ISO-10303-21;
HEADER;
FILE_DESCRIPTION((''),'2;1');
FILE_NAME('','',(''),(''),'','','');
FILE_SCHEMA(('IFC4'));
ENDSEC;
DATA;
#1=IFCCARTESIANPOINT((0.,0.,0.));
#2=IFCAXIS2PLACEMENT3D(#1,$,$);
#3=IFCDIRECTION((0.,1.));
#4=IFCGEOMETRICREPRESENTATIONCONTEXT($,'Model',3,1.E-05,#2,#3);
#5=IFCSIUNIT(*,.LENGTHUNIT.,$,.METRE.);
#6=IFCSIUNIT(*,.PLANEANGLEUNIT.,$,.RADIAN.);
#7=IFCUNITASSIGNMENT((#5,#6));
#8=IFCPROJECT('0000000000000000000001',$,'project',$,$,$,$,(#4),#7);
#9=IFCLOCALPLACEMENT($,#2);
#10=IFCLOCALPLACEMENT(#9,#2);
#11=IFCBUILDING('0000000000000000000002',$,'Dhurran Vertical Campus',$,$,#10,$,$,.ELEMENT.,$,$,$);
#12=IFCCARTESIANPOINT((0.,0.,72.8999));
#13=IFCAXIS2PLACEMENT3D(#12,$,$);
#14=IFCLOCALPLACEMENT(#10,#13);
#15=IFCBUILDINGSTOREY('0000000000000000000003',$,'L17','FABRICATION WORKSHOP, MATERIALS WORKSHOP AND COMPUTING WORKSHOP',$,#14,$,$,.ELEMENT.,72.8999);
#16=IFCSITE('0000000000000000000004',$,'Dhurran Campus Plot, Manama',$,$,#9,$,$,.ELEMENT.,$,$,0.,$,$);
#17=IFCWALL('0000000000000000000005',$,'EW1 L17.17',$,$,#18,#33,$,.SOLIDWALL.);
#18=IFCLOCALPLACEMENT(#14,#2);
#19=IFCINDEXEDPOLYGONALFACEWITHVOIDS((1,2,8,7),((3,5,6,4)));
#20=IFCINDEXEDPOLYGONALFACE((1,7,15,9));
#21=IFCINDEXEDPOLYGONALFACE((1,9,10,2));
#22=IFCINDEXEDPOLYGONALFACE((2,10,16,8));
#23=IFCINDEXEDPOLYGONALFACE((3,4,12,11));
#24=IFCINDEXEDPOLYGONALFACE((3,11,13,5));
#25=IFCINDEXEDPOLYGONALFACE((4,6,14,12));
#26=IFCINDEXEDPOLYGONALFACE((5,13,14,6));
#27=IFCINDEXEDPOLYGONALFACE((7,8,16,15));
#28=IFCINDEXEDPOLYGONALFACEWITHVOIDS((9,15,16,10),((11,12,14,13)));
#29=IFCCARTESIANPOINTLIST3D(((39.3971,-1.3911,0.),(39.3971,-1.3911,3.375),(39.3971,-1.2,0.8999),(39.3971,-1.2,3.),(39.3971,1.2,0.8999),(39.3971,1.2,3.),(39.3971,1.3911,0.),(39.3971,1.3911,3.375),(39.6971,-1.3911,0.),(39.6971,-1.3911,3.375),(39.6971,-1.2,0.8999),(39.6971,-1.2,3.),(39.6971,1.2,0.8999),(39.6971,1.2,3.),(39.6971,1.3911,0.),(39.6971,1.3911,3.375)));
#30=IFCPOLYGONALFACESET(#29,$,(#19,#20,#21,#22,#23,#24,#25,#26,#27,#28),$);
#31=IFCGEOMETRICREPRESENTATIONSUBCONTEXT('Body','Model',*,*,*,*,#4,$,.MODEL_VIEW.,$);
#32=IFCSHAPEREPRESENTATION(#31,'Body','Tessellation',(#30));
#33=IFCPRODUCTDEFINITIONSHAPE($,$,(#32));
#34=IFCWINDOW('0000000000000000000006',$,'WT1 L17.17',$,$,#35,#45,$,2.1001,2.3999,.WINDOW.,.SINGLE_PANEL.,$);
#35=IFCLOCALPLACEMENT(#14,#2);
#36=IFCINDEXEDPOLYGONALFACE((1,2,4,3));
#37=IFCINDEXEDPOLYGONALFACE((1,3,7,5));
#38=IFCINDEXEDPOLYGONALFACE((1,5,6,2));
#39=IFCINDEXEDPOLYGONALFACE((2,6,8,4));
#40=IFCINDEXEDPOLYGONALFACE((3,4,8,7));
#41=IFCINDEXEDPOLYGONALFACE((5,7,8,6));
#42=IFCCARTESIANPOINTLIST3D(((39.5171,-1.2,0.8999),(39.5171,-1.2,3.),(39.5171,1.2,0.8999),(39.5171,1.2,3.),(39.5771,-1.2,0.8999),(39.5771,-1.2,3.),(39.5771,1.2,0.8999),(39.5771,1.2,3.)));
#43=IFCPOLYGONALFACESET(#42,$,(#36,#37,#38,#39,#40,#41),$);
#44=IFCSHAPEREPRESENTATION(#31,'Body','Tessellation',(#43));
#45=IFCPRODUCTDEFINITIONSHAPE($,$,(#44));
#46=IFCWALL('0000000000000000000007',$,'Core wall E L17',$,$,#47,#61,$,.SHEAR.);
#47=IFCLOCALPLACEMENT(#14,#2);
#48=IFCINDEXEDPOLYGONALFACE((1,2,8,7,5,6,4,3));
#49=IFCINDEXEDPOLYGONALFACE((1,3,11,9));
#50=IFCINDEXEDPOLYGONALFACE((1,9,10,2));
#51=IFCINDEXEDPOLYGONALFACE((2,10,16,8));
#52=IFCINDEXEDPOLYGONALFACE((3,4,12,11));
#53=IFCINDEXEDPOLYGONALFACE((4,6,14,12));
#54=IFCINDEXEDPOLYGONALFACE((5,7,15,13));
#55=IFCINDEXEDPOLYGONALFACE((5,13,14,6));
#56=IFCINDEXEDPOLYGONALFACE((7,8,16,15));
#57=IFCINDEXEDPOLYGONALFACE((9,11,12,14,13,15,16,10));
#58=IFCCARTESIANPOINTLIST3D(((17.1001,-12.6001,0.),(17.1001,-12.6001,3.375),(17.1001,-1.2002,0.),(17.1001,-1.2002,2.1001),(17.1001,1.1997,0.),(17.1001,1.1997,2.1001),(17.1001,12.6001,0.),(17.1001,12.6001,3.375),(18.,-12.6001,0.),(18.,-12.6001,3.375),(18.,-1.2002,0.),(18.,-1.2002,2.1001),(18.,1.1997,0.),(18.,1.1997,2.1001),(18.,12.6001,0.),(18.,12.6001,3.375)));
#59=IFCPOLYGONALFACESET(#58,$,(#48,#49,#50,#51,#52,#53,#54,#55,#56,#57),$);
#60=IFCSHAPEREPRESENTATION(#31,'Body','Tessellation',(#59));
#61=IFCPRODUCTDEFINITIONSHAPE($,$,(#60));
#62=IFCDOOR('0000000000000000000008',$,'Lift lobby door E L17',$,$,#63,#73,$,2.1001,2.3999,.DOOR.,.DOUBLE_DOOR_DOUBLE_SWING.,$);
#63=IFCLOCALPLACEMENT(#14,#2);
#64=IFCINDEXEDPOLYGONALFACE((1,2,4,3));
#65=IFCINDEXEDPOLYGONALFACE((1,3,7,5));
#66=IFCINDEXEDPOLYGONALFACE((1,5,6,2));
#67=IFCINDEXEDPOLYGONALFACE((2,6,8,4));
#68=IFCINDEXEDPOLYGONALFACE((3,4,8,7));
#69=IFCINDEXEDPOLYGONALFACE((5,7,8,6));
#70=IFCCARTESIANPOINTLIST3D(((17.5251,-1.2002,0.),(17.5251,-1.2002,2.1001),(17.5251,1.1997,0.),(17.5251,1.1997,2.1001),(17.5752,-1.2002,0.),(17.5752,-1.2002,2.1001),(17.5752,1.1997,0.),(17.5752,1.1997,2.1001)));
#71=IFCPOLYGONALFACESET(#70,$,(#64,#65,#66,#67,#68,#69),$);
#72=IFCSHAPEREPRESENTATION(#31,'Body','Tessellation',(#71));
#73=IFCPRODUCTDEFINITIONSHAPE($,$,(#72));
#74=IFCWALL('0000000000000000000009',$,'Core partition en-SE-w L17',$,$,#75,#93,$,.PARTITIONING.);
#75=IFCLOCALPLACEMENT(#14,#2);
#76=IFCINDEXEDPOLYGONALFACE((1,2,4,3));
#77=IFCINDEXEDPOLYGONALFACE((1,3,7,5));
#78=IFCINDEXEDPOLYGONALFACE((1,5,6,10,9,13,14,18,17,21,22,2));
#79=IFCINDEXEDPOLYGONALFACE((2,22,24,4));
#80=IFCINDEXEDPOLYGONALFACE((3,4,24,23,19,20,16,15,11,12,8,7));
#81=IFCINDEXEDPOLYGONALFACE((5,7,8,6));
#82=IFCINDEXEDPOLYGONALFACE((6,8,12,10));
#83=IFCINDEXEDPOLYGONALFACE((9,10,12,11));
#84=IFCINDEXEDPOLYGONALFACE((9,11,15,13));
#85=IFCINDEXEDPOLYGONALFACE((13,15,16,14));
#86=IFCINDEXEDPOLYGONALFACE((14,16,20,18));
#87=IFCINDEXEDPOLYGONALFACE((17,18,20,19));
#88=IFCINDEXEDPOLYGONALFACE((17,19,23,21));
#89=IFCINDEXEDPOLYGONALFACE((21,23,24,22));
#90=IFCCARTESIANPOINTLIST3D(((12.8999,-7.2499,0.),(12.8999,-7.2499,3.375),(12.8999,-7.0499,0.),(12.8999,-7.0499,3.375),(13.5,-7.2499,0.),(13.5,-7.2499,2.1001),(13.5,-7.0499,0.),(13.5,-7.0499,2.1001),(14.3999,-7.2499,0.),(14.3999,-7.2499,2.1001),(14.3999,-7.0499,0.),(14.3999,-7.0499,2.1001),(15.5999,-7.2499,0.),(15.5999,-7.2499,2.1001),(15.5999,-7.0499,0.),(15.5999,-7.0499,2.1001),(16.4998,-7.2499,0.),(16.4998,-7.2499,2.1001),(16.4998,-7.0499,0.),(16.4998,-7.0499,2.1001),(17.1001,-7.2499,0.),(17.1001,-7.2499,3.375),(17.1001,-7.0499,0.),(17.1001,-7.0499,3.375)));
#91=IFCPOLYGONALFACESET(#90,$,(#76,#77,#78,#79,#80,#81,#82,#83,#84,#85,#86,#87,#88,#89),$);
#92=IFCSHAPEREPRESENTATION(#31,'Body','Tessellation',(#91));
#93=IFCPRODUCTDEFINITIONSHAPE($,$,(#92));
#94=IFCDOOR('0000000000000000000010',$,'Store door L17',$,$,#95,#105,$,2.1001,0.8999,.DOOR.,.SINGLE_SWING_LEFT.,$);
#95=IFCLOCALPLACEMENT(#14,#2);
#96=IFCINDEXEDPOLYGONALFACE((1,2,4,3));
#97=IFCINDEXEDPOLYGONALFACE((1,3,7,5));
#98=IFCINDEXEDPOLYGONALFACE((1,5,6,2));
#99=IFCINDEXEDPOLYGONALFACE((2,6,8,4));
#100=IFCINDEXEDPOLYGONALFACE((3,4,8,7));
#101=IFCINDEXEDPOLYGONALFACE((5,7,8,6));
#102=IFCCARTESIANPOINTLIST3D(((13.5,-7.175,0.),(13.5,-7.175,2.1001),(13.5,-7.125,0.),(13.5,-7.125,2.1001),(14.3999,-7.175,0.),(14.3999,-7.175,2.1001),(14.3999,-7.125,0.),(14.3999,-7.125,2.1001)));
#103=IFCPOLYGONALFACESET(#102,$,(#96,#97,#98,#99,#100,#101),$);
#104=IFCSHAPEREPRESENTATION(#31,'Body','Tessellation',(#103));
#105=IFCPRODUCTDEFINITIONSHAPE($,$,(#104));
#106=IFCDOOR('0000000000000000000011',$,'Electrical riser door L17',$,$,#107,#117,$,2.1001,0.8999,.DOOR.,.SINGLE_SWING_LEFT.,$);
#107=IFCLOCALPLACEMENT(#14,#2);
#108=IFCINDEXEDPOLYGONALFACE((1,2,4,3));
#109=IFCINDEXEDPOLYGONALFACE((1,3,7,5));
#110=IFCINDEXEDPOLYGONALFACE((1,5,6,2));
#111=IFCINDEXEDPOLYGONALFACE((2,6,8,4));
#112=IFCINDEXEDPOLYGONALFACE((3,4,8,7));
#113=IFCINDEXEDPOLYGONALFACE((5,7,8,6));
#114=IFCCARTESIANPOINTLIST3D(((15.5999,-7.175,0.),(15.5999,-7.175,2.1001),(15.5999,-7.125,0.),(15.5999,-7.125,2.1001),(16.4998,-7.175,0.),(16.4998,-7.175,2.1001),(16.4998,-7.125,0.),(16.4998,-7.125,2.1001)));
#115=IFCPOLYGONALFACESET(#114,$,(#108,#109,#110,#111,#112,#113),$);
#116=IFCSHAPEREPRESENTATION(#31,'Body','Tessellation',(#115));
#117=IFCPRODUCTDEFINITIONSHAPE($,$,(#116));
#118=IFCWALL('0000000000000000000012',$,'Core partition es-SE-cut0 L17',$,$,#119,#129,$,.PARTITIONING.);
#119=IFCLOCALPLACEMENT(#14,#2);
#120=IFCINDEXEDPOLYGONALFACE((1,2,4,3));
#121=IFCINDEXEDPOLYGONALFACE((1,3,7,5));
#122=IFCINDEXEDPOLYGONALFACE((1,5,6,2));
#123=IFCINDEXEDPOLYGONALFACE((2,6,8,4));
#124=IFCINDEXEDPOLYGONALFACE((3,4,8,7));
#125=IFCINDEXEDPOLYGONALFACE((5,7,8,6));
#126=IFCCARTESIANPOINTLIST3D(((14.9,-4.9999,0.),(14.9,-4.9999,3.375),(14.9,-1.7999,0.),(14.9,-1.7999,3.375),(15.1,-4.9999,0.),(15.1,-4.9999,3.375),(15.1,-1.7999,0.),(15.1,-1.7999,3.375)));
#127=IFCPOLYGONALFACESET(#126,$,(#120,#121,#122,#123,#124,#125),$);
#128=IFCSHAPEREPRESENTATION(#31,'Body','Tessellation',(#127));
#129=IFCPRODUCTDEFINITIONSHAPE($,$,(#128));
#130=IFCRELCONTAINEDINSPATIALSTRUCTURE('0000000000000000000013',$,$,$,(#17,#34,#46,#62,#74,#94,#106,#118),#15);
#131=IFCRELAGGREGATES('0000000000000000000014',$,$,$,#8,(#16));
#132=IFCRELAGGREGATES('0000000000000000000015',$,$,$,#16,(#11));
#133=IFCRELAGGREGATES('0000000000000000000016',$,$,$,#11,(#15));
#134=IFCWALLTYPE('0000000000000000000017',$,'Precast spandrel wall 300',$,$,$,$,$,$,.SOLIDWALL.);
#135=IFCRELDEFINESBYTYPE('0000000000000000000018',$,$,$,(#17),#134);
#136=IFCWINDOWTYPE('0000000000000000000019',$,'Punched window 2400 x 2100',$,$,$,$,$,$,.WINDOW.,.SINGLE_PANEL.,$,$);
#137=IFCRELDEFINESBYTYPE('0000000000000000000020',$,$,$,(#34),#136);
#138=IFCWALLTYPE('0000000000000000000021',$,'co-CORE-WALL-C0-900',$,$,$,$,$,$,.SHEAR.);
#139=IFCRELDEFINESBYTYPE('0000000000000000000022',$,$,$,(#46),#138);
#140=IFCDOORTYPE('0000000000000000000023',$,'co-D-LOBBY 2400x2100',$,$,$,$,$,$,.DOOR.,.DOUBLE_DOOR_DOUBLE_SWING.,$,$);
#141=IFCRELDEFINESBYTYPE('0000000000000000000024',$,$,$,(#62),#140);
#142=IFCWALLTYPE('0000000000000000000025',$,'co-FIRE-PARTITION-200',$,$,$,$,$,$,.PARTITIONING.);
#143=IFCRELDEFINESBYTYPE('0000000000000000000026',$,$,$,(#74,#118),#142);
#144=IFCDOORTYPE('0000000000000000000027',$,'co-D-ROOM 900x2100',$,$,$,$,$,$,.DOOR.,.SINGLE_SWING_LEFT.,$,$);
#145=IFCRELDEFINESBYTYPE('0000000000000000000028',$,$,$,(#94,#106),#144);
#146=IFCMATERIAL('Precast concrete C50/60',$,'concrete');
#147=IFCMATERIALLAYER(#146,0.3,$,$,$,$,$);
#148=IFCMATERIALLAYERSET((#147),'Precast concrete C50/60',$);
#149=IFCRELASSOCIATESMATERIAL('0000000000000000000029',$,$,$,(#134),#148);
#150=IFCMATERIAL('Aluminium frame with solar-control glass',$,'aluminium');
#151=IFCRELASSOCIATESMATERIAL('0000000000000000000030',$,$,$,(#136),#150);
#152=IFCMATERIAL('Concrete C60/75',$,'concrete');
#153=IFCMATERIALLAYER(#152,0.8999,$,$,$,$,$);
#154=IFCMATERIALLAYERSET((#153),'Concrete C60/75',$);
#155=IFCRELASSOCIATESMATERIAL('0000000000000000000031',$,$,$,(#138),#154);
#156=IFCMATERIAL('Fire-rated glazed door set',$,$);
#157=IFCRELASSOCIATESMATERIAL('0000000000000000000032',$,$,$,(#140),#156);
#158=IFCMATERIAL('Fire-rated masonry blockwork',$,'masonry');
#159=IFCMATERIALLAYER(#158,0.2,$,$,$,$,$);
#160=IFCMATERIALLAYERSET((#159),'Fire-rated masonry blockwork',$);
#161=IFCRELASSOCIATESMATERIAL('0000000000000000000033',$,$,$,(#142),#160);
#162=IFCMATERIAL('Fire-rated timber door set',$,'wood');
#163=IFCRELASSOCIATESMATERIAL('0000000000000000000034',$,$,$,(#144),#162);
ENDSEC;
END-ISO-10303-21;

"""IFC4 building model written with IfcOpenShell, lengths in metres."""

from ifc_helpers import new_model, si_unit, direction, frame, frame_2d, origin, place, context, subcontext, project, spatial, rectangle, extrude, material, layer, layer_set, type_object, element, fill, save


model = new_model("IFC4")

# Units and contexts
model_context = context("Model", 3, precision=1e-05, world=origin(), true_north=direction((0.0, 1.0)))
body_context = subcontext(model_context, "Body", "Model", "MODEL_VIEW")
ifc_project = project(units=[si_unit("LENGTHUNIT", "METRE"), si_unit("PLANEANGLEUNIT", "RADIAN")], contexts=[model_context])

# Site, building, storey
site_placement = place(None, origin())
site = spatial("IfcSite", under=ifc_project, at=site_placement, Name="Dhurran Campus Plot, Manama", CompositionType="ELEMENT", RefElevation=0.0)
building_placement = place(site_placement, origin())
building = spatial("IfcBuilding", under=site, at=building_placement, Name="Dhurran Vertical Campus", CompositionType="ELEMENT")
storey_placement = place(building_placement, frame((0.0, 0.0, 72.8999)))
storey = spatial("IfcBuildingStorey", under=building, at=storey_placement, Name="L17", Description="FABRICATION WORKSHOP, MATERIALS WORKSHOP AND COMPUTING WORKSHOP", CompositionType="ELEMENT", Elevation=72.8999)

# Wall, opening, window
ifc_material_1 = material(Name="Precast concrete C50/60", Category="concrete")
ifc_layer_1 = layer(ifc_material_1, 0.3)
ifc_layer_set_1 = layer_set([ifc_layer_1], Name="Precast concrete C50/60")
wall_type_1 = type_object("IfcWallType", Name="Precast spandrel wall 300", PredefinedType="SOLIDWALL", material=ifc_layer_set_1)
ifc_material_2 = material(Name="Aluminium frame with solar-control glass", Category="aluminium")
window_type = type_object("IfcWindowType", Name="Punched window 2400 x 2100", PartitioningType="SINGLE_PANEL", PredefinedType="WINDOW", material=ifc_material_2)
wall_1_placement = place(storey_placement, frame((39.5471, -1.3911, 0.0), z_axis=(0.0, 0.0, 1.0), x_axis=(0.0, 1.0, 0.0)))
wall_1 = element("IfcWall", 1, at=wall_1_placement, inside=storey, type_object=wall_type_1, Name="EW1 L17.17", PredefinedType="SOLIDWALL", context=body_context, shape_type="SweptSolid", body=[
    extrude(rectangle(XDim=2.7822, YDim=0.3, at=frame_2d((1.3911, 0.0))), origin(), (0.0, 0.0, 1.0), 3.375),
])
opening_1_placement = place(wall_1_placement, frame((0.1912, 0.0, 0.8999)))
opening_1 = element("IfcOpeningElement", 2, at=opening_1_placement, cuts=wall_1, PredefinedType="OPENING", context=body_context, shape_type="SweptSolid", body=[
    extrude(rectangle(XDim=2.3999, YDim=2.1001, at=frame_2d((1.2, 1.05))), frame((0.0, 0.1599, 0.0), z_axis=(0.0, -1.0, 0.0), x_axis=(1.0, 0.0, 0.0)), (0.0, 0.0, 1.0), 0.3201),
])
window_1_placement = place(opening_1_placement, origin())
window_1 = element("IfcWindow", 3, at=window_1_placement, inside=storey, type_object=window_type, Name="WT1 L17.17", OverallHeight=2.1001, OverallWidth=2.3999, PartitioningType="SINGLE_PANEL", PredefinedType="WINDOW", context=body_context, shape_type="SweptSolid", body=[
    extrude(rectangle(XDim=2.3999, YDim=2.1001, at=frame_2d((1.2, 1.05))), frame((0.0, 0.03, 0.0), z_axis=(0.0, -1.0, 0.0), x_axis=(1.0, 0.0, 0.0)), (0.0, 0.0, 1.0), 0.0601),
])
fill(opening_1, window_1)

# Wall, opening, door
ifc_material_3 = material(Name="Concrete C60/75", Category="concrete")
ifc_layer_2 = layer(ifc_material_3, 0.8999)
ifc_layer_set_2 = layer_set([ifc_layer_2], Name="Concrete C60/75")
wall_type_2 = type_object("IfcWallType", Name="co-CORE-WALL-C0-900", PredefinedType="SHEAR", material=ifc_layer_set_2)
wall_2_placement = place(storey_placement, frame((17.55, -12.6001, 0.0), z_axis=(0.0, 0.0, 1.0), x_axis=(0.0, 1.0, 0.0)))
wall_2 = element("IfcWall", 4, at=wall_2_placement, inside=storey, type_object=wall_type_2, Name="Core wall E L17", PredefinedType="SHEAR", context=body_context, shape_type="SweptSolid", body=[
    extrude(rectangle(XDim=25.2002, YDim=0.8999, at=frame_2d((12.6001, 0.0))), origin(), (0.0, 0.0, 1.0), 3.375),
])
opening_2_placement = place(wall_2_placement, frame((11.3999, 0.0, 0.0)))
opening_2 = element("IfcOpeningElement", 5, at=opening_2_placement, cuts=wall_2, PredefinedType="OPENING", context=body_context, shape_type="SweptSolid", body=[
    extrude(rectangle(XDim=2.3999, YDim=2.1001, at=frame_2d((1.2, 1.05))), frame((0.0, 0.46, 0.0), z_axis=(0.0, -1.0, 0.0), x_axis=(1.0, 0.0, 0.0)), (0.0, 0.0, 1.0), 0.9199),
])
ifc_material_4 = material(Name="Fire-rated glazed door set")
door_type_1 = type_object("IfcDoorType", Name="co-D-LOBBY 2400x2100", OperationType="DOUBLE_DOOR_DOUBLE_SWING", PredefinedType="DOOR", material=ifc_material_4)
door_1_placement = place(opening_2_placement, origin())
door_1 = element("IfcDoor", 6, at=door_1_placement, inside=storey, type_object=door_type_1, Name="Lift lobby door E L17", OperationType="DOUBLE_DOOR_DOUBLE_SWING", OverallHeight=2.1001, OverallWidth=2.3999, PredefinedType="DOOR", context=body_context, shape_type="SweptSolid", body=[
    extrude(rectangle(XDim=2.3999, YDim=2.1001, at=frame_2d((1.2, 1.05))), frame((0.0, 0.0249, 0.0), z_axis=(0.0, -1.0, 0.0), x_axis=(1.0, 0.0, 0.0)), (0.0, 0.0, 1.0), 0.05),
])
fill(opening_2, door_1)

# Wall, openings, doors
ifc_material_5 = material(Name="Fire-rated masonry blockwork", Category="masonry")
ifc_layer_3 = layer(ifc_material_5, 0.2)
ifc_layer_set_3 = layer_set([ifc_layer_3], Name="Fire-rated masonry blockwork")
wall_type_3 = type_object("IfcWallType", Name="co-FIRE-PARTITION-200", PredefinedType="PARTITIONING", material=ifc_layer_set_3)
wall_3_placement = place(storey_placement, frame((12.8999, -7.1499, 0.0), z_axis=(0.0, 0.0, 1.0), x_axis=(1.0, 0.0, 0.0)))
wall_3 = element("IfcWall", 7, at=wall_3_placement, inside=storey, type_object=wall_type_3, Name="Core partition en-SE-w L17", PredefinedType="PARTITIONING", context=body_context, shape_type="SweptSolid", body=[
    extrude(rectangle(XDim=4.2002, YDim=0.2, at=frame_2d((2.1001, 0.0))), origin(), (0.0, 0.0, 1.0), 3.375),
])
opening_3_placement = place(wall_3_placement, frame((0.6001, 0.0, 0.0)))
opening_3 = element("IfcOpeningElement", 8, at=opening_3_placement, cuts=wall_3, PredefinedType="OPENING", context=body_context, shape_type="SweptSolid", body=[
    extrude(rectangle(XDim=0.8999, YDim=2.1001, at=frame_2d((0.45, 1.05))), frame((0.0, 0.1099, 0.0), z_axis=(0.0, -1.0, 0.0), x_axis=(1.0, 0.0, 0.0)), (0.0, 0.0, 1.0), 0.22),
])
opening_4_placement = place(wall_3_placement, frame((2.7, 0.0, 0.0)))
opening_4 = element("IfcOpeningElement", 9, at=opening_4_placement, cuts=wall_3, PredefinedType="OPENING", context=body_context, shape_type="SweptSolid", body=[
    extrude(rectangle(XDim=0.8999, YDim=2.1001, at=frame_2d((0.45, 1.05))), frame((0.0, 0.1099, 0.0), z_axis=(0.0, -1.0, 0.0), x_axis=(1.0, 0.0, 0.0)), (0.0, 0.0, 1.0), 0.22),
])
ifc_material_6 = material(Name="Fire-rated timber door set", Category="wood")
door_type_2 = type_object("IfcDoorType", Name="co-D-ROOM 900x2100", OperationType="SINGLE_SWING_LEFT", PredefinedType="DOOR", material=ifc_material_6)
door_2_placement = place(opening_3_placement, origin())
door_2 = element("IfcDoor", 10, at=door_2_placement, inside=storey, type_object=door_type_2, Name="Store door L17", OperationType="SINGLE_SWING_LEFT", OverallHeight=2.1001, OverallWidth=0.8999, PredefinedType="DOOR", context=body_context, shape_type="SweptSolid", body=[
    extrude(rectangle(XDim=0.8999, YDim=2.1001, at=frame_2d((0.45, 1.05))), frame((0.0, 0.0249, 0.0), z_axis=(0.0, -1.0, 0.0), x_axis=(1.0, 0.0, 0.0)), (0.0, 0.0, 1.0), 0.05),
])
fill(opening_3, door_2)
door_3_placement = place(opening_4_placement, origin())
door_3 = element("IfcDoor", 11, at=door_3_placement, inside=storey, type_object=door_type_2, Name="Electrical riser door L17", OperationType="SINGLE_SWING_LEFT", OverallHeight=2.1001, OverallWidth=0.8999, PredefinedType="DOOR", context=body_context, shape_type="SweptSolid", body=[
    extrude(rectangle(XDim=0.8999, YDim=2.1001, at=frame_2d((0.45, 1.05))), frame((0.0, 0.0249, 0.0), z_axis=(0.0, -1.0, 0.0), x_axis=(1.0, 0.0, 0.0)), (0.0, 0.0, 1.0), 0.05),
])
fill(opening_4, door_3)

# Wall
wall_4_placement = place(storey_placement, frame((15.0, -5.0, 0.0), z_axis=(0.0, 0.0, 1.0), x_axis=(0.0, 1.0, 0.0)))
element("IfcWall", 12, at=wall_4_placement, inside=storey, type_object=wall_type_3, Name="Core partition es-SE-cut0 L17", PredefinedType="PARTITIONING", context=body_context, shape_type="SweptSolid", body=[
    extrude(rectangle(XDim=3.2, YDim=0.2, at=frame_2d((1.6001, 0.0))), origin(), (0.0, 0.0, 1.0), 3.375),
])

save(model, "model.ifc")
